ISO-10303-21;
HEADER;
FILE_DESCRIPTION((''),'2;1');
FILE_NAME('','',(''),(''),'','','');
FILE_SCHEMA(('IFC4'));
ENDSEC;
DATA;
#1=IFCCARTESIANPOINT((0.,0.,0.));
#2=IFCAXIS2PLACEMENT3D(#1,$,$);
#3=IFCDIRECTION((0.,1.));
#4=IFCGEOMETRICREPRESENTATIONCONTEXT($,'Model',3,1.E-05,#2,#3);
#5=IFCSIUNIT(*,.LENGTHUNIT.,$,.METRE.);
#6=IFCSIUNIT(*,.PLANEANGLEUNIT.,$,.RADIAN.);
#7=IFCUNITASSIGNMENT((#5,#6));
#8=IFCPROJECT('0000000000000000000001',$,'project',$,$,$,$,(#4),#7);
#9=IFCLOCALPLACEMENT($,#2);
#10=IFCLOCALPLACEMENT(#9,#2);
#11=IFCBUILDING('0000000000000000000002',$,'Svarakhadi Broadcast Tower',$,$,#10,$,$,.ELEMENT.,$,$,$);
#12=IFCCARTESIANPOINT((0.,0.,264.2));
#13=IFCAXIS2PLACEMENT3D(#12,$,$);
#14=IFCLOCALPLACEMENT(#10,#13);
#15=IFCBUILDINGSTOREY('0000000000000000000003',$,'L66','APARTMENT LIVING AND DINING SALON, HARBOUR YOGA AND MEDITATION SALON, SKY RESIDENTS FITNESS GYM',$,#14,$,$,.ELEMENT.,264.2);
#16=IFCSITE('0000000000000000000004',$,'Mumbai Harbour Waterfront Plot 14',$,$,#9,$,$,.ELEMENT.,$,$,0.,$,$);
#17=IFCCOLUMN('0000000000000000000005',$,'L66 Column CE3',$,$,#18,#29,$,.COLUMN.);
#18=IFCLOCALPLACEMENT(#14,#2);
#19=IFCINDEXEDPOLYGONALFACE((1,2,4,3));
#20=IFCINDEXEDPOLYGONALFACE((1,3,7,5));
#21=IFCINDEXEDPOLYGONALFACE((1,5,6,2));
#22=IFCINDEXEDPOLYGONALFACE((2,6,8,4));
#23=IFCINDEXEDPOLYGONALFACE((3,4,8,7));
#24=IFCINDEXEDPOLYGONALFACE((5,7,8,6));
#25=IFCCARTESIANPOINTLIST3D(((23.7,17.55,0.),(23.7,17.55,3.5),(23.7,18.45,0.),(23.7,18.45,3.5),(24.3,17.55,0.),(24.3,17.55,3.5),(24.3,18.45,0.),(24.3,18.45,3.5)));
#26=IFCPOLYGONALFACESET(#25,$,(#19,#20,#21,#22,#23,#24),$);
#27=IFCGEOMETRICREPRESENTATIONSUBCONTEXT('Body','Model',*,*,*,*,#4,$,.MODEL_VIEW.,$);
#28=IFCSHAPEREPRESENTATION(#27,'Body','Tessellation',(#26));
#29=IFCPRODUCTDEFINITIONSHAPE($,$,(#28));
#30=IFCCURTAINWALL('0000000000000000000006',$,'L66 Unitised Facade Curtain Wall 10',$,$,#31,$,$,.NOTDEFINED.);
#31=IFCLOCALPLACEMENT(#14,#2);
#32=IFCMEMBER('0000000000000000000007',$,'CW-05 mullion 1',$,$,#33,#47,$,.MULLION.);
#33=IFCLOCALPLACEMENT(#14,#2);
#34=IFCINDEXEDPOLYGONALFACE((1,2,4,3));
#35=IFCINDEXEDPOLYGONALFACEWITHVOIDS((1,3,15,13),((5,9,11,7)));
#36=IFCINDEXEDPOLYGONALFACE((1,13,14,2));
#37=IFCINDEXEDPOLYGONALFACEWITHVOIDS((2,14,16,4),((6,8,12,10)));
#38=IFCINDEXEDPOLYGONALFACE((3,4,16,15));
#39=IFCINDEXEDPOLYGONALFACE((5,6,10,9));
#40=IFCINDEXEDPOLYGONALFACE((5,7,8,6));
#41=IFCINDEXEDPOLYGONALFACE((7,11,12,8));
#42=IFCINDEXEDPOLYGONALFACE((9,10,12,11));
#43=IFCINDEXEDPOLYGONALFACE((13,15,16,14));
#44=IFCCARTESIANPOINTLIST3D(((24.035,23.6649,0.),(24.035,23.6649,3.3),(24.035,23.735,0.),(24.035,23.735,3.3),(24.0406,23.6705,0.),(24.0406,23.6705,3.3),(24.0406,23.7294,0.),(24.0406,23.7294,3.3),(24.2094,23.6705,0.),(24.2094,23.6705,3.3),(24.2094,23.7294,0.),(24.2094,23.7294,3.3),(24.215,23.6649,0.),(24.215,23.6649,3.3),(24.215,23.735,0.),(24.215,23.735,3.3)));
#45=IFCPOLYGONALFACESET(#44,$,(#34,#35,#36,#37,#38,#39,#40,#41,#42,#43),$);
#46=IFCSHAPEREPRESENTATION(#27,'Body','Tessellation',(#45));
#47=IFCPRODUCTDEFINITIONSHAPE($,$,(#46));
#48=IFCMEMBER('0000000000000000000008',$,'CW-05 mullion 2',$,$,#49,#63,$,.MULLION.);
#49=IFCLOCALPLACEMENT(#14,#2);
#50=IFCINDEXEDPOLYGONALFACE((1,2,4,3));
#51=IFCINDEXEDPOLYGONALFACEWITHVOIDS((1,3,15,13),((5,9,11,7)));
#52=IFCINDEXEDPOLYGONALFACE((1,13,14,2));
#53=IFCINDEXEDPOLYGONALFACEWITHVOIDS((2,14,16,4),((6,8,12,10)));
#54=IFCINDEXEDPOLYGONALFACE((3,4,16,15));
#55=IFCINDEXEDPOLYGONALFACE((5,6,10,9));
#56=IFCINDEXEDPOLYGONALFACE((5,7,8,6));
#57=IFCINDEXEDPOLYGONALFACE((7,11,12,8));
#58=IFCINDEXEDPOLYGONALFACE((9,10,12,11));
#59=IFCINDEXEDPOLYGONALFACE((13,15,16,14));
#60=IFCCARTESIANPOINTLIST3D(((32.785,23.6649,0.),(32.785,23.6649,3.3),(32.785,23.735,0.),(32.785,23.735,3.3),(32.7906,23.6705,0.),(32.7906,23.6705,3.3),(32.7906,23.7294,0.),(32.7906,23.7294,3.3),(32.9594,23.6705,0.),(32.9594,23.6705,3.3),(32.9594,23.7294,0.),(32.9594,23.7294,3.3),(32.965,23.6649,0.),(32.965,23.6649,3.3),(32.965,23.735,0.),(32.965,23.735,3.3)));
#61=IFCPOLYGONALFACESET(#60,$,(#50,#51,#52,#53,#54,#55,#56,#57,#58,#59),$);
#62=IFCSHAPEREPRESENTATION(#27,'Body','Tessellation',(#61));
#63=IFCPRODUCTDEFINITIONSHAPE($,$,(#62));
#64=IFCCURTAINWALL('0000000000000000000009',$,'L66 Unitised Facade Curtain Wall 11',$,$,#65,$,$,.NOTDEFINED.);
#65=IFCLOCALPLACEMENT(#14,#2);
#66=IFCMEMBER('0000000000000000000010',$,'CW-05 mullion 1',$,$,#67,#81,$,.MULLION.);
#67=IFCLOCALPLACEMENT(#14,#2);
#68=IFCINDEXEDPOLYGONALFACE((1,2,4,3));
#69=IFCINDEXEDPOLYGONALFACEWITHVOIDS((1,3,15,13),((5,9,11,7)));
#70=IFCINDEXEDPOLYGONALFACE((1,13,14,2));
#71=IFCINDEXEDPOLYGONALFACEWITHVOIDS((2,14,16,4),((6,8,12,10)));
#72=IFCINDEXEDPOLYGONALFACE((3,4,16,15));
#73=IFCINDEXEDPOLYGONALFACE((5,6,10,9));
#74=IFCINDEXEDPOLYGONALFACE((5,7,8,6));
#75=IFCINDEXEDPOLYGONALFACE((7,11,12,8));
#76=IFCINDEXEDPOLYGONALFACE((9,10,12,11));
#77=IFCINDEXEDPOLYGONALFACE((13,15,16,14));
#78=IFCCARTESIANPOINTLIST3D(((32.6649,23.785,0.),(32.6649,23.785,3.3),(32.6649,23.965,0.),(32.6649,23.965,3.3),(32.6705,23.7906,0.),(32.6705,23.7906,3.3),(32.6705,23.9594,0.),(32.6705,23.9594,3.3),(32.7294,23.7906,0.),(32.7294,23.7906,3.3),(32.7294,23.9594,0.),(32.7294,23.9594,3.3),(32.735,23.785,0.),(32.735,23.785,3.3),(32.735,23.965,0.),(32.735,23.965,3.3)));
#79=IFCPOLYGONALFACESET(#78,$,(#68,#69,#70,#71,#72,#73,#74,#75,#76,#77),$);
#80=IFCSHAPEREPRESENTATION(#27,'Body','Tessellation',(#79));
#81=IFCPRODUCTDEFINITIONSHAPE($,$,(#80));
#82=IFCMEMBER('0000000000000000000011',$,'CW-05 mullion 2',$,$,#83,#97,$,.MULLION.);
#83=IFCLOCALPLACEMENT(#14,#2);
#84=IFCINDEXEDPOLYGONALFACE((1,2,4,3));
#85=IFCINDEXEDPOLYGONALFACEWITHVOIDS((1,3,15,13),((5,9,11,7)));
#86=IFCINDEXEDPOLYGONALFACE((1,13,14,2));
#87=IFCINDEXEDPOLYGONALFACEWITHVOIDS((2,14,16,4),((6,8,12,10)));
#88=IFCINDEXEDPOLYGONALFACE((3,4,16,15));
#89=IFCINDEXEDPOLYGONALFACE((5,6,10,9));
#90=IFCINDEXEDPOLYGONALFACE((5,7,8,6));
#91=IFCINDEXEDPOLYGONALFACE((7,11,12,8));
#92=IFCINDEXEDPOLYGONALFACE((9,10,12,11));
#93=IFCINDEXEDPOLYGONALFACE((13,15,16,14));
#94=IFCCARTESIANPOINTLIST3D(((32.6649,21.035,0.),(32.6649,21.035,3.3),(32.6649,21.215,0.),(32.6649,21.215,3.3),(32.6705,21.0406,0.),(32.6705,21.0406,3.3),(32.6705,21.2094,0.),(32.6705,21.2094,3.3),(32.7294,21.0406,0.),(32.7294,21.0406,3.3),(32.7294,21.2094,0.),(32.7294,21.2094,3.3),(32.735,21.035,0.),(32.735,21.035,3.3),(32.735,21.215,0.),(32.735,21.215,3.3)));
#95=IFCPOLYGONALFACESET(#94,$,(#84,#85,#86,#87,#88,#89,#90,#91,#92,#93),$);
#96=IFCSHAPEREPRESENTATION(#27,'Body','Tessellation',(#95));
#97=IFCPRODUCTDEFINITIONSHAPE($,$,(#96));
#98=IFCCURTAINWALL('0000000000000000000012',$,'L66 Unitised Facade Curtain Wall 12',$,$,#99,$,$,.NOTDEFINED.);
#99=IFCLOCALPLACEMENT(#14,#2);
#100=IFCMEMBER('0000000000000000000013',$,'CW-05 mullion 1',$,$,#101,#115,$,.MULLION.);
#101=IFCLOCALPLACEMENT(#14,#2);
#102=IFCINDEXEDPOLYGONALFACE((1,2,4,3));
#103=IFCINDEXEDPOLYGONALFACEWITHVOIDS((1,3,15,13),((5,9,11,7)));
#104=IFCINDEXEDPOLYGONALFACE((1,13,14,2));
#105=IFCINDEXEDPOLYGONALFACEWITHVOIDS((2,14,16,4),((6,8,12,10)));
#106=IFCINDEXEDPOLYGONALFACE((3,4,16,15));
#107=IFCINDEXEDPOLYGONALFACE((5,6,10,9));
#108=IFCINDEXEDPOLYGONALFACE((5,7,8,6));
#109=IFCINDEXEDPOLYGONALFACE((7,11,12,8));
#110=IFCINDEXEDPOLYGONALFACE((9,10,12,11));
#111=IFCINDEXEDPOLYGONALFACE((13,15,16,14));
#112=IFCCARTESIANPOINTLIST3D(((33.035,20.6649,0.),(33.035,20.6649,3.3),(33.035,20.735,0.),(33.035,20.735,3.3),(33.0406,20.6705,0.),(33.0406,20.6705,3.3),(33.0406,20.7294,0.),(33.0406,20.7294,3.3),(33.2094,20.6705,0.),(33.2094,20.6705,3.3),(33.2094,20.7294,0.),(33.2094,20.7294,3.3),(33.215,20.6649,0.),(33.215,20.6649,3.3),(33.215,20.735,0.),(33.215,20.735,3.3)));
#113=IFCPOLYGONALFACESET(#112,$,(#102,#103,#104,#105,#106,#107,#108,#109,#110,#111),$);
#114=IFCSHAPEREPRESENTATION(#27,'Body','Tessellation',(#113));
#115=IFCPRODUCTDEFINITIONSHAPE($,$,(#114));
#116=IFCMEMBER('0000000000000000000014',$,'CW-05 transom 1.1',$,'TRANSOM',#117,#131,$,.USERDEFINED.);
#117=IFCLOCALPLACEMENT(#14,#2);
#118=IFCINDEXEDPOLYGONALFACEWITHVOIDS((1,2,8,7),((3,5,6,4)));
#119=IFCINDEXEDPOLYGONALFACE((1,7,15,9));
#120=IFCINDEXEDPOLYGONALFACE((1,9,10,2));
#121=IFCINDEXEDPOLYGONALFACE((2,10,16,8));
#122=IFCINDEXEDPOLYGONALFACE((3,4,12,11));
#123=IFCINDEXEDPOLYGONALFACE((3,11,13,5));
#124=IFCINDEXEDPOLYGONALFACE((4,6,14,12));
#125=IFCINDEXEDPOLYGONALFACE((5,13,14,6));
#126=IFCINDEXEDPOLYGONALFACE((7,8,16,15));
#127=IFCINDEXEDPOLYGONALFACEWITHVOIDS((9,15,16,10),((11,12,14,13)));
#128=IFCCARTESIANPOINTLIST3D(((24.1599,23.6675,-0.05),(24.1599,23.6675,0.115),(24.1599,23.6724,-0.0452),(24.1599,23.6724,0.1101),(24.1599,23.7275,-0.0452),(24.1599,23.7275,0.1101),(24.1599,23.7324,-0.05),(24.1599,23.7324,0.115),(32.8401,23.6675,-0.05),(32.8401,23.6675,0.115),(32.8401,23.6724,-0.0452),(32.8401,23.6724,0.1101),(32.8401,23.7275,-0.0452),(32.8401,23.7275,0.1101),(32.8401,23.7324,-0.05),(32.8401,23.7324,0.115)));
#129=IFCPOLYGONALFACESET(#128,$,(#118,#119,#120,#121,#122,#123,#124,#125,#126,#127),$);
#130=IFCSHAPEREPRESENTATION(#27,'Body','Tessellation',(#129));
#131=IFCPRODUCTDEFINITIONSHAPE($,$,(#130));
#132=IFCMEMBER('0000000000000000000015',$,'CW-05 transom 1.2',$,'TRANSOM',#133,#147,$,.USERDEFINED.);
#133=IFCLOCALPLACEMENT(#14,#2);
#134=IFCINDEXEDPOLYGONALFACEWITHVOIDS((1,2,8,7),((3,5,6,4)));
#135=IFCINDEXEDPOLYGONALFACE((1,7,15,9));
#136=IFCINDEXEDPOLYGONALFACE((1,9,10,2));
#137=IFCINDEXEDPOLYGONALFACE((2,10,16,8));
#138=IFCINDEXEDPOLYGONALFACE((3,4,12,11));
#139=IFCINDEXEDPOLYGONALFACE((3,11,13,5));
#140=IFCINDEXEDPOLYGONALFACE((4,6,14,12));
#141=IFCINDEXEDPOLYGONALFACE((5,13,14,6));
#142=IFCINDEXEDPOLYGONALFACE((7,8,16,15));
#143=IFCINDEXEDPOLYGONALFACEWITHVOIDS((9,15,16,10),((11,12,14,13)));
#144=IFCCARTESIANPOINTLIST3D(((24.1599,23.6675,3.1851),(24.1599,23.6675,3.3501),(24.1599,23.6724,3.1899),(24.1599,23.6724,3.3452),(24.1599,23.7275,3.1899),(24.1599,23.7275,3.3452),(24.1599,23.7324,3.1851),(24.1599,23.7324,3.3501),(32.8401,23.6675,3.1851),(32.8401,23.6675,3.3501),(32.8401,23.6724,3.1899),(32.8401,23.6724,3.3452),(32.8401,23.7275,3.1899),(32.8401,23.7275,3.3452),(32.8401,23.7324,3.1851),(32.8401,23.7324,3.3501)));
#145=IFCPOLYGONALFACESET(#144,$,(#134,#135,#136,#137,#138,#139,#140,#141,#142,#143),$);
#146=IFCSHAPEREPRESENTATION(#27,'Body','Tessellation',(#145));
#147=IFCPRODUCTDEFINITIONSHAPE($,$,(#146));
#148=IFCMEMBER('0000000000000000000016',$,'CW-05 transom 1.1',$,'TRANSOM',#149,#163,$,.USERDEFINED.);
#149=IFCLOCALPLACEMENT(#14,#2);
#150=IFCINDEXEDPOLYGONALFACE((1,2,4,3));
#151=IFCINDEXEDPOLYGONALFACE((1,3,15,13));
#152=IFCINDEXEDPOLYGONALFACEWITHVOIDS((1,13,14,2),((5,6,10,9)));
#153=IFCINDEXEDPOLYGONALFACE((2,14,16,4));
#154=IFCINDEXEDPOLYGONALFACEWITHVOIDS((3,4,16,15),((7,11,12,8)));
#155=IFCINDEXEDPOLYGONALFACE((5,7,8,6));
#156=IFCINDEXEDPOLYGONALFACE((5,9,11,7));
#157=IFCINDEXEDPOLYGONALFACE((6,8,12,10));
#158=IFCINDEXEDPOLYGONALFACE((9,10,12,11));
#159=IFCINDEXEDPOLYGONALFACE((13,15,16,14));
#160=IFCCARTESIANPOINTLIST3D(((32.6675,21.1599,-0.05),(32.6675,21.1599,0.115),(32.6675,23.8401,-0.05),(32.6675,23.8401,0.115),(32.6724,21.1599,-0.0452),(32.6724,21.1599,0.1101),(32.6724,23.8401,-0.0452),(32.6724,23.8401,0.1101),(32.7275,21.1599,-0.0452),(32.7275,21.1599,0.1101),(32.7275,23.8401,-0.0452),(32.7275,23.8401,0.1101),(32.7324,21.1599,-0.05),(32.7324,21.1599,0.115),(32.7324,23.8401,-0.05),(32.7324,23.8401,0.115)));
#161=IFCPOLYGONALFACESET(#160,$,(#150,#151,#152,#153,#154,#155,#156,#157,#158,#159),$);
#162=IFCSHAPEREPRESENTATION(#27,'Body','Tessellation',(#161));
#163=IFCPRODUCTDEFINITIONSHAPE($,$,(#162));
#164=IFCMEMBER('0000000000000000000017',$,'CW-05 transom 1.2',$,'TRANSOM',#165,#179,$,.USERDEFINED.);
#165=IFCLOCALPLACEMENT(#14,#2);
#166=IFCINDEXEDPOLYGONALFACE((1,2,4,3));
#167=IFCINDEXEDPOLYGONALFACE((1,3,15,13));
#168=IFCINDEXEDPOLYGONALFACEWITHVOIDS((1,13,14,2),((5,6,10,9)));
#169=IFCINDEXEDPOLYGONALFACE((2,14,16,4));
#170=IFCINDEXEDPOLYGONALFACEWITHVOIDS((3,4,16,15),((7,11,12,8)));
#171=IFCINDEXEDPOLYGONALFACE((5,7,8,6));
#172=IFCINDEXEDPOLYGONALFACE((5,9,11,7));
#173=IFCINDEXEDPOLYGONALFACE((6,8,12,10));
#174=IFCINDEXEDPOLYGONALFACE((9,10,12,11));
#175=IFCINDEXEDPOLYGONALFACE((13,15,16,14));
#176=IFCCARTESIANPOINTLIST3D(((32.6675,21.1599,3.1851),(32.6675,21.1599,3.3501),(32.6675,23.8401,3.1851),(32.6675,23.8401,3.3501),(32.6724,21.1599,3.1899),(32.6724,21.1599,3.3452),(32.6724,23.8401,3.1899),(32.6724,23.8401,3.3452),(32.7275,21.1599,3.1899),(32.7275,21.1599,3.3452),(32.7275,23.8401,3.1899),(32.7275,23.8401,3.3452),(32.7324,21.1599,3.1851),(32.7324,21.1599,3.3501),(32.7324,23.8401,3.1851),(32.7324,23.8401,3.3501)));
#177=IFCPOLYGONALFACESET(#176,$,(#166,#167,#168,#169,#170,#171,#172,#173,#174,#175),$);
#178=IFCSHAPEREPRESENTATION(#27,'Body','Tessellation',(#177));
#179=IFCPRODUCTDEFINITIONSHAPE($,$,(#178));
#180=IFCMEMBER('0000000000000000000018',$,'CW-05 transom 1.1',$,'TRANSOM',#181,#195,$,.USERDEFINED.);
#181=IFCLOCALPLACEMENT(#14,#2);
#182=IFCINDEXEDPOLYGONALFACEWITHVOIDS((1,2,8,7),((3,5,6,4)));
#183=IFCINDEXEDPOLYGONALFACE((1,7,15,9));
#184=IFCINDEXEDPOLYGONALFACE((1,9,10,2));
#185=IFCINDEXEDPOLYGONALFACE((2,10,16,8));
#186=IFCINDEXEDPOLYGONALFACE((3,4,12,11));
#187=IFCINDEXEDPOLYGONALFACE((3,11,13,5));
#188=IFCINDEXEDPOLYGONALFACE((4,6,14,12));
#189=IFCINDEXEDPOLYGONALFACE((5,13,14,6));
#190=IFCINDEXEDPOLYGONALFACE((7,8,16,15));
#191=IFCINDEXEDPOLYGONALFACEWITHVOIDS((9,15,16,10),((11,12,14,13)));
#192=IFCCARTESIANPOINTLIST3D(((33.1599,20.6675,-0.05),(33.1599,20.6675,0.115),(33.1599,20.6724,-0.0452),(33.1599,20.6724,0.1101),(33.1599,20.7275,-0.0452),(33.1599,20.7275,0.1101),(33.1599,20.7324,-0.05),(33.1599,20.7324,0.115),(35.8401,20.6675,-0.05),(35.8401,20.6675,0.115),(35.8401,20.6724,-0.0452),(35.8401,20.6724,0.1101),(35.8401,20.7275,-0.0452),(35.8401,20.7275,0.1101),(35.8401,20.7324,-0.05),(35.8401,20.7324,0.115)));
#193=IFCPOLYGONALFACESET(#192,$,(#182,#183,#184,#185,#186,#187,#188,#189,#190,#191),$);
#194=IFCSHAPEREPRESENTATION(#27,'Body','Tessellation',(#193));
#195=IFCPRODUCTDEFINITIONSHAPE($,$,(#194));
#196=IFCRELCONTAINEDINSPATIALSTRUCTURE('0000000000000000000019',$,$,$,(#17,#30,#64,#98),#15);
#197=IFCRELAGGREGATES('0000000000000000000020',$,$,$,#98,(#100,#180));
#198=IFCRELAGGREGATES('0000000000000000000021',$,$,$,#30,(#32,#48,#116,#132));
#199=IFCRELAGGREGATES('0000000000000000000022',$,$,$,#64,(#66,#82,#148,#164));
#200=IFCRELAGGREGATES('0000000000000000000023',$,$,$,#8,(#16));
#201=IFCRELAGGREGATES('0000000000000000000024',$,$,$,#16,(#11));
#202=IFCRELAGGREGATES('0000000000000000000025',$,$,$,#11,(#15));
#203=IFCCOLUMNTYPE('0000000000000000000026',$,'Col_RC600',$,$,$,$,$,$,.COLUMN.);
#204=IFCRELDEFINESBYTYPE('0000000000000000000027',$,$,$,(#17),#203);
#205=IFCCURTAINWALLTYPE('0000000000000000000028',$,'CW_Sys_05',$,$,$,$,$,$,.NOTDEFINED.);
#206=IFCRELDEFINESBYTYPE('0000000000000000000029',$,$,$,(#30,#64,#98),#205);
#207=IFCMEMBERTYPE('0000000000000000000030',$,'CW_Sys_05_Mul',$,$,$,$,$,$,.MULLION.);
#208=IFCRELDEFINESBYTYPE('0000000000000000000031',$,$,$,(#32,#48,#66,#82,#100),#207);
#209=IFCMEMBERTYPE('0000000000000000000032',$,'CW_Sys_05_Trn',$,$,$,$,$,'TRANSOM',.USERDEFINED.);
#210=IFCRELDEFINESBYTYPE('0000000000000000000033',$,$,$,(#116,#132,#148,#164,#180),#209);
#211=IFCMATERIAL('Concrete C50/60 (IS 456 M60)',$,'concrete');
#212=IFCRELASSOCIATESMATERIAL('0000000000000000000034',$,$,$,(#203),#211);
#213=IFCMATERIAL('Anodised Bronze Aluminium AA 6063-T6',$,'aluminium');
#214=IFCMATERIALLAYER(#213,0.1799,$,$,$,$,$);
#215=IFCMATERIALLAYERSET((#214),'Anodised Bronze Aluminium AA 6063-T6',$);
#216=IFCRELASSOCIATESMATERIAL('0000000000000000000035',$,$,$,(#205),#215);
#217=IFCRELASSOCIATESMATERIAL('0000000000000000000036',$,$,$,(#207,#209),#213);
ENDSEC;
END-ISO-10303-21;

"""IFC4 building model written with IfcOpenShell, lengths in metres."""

from ifc_helpers import new_model, si_unit, direction, frame, origin, origin_2d, place, context, subcontext, project, spatial, rectangle, hollow_rectangle, extrude, material, layer, layer_set, material_profile, profile_set, type_object, element, aggregate, save


model = new_model("IFC4")

# Units and contexts
model_context = context("Model", 3, precision=1e-05, world=origin(), true_north=direction((0.0, 1.0)))
body_context = subcontext(model_context, "Body", "Model", "MODEL_VIEW")
ifc_project = project(units=[si_unit("LENGTHUNIT", "METRE"), si_unit("PLANEANGLEUNIT", "RADIAN")], contexts=[model_context])

# Site, building, storey
site_placement = place(None, origin())
site = spatial("IfcSite", under=ifc_project, at=site_placement, Name="Mumbai Harbour Waterfront Plot 14", CompositionType="ELEMENT", RefElevation=0.0)
building_placement = place(site_placement, origin())
building = spatial("IfcBuilding", under=site, at=building_placement, Name="Svarakhadi Broadcast Tower", CompositionType="ELEMENT")
storey_placement = place(building_placement, frame((0.0, 0.0, 264.2)))
storey = spatial("IfcBuildingStorey", under=building, at=storey_placement, Name="L66", Description="APARTMENT LIVING AND DINING SALON, HARBOUR YOGA AND MEDITATION SALON, SKY RESIDENTS FITNESS GYM", CompositionType="ELEMENT", Elevation=264.2)

# Column
ifc_material_1 = material(Name="Concrete C50/60 (IS 456 M60)", Category="concrete")
ifc_material_profile_1 = material_profile(ifc_material_1, rectangle(XDim=0.6001, YDim=0.8999, at=origin_2d()), Name="RC 600x900")
ifc_profile_set_1 = profile_set([ifc_material_profile_1], Name="Concrete C50/60 (IS 456 M60)")
column_type = type_object("IfcColumnType", Name="Col_RC600", PredefinedType="COLUMN", material=ifc_profile_set_1)
column_placement = place(storey_placement, frame((24.0, 18.0, 0.0), z_axis=(0.0, 0.0, 1.0), x_axis=(1.0, 0.0, 0.0)))
element("IfcColumn", 1, at=column_placement, inside=storey, type_object=column_type, Name="L66 Column CE3", PredefinedType="COLUMN", context=body_context, shape_type="SweptSolid", body=[
    extrude(rectangle(XDim=0.6001, YDim=0.8999, at=origin_2d()), origin(), (0.0, 0.0, 1.0), 3.5),
])

# Curtain walls, members
ifc_material_2 = material(Name="Anodised Bronze Aluminium AA 6063-T6", Category="aluminium")
ifc_layer_1 = layer(ifc_material_2, 0.1799)
ifc_layer_set_1 = layer_set([ifc_layer_1], Name="Anodised Bronze Aluminium AA 6063-T6")
curtain_wall_type = type_object("IfcCurtainWallType", Name="CW_Sys_05", PredefinedType="NOTDEFINED", material=ifc_layer_set_1)
curtain_wall_1_placement = place(storey_placement, origin())
curtain_wall_1 = element("IfcCurtainWall", 2, at=curtain_wall_1_placement, inside=storey, type_object=curtain_wall_type, Name="L66 Unitised Facade Curtain Wall 10", PredefinedType="NOTDEFINED")
ifc_material_profile_2 = material_profile(ifc_material_2, hollow_rectangle(XDim=0.0701, YDim=0.1799, WallThickness=0.0056, at=origin_2d()), Name="ALU MULLION 180x70x6")
ifc_profile_set_2 = profile_set([ifc_material_profile_2], Name="Anodised Bronze Aluminium AA 6063-T6")
member_type_1 = type_object("IfcMemberType", Name="CW_Sys_05_Mul", PredefinedType="MULLION", material=ifc_profile_set_2)
member_1_placement = place(storey_placement, frame((24.125, 23.7, 0.0), z_axis=(0.0, 0.0, 1.0), x_axis=(0.0, 1.0, 0.0)))
member_1 = element("IfcMember", 3, at=member_1_placement, type_object=member_type_1, Name="CW-05 mullion 1", PredefinedType="MULLION", context=body_context, shape_type="SweptSolid", body=[
    extrude(hollow_rectangle(XDim=0.0701, YDim=0.1799, WallThickness=0.0056, at=origin_2d()), origin(), (0.0, 0.0, 1.0), 3.3),
])
member_2_placement = place(storey_placement, frame((32.875, 23.7, 0.0), z_axis=(0.0, 0.0, 1.0), x_axis=(0.0, 1.0, 0.0)))
member_2 = element("IfcMember", 4, at=member_2_placement, type_object=member_type_1, Name="CW-05 mullion 2", PredefinedType="MULLION", context=body_context, shape_type="SweptSolid", body=[
    extrude(hollow_rectangle(XDim=0.0701, YDim=0.1799, WallThickness=0.0056, at=origin_2d()), origin(), (0.0, 0.0, 1.0), 3.3),
])
curtain_wall_2_placement = place(storey_placement, origin())
curtain_wall_2 = element("IfcCurtainWall", 5, at=curtain_wall_2_placement, inside=storey, type_object=curtain_wall_type, Name="L66 Unitised Facade Curtain Wall 11", PredefinedType="NOTDEFINED")
member_3_placement = place(storey_placement, frame((32.7, 23.875, 0.0), z_axis=(0.0, 0.0, 1.0), x_axis=(1.0, 0.0, 0.0)))
member_3 = element("IfcMember", 6, at=member_3_placement, type_object=member_type_1, Name="CW-05 mullion 1", PredefinedType="MULLION", context=body_context, shape_type="SweptSolid", body=[
    extrude(hollow_rectangle(XDim=0.0701, YDim=0.1799, WallThickness=0.0056, at=origin_2d()), origin(), (0.0, 0.0, 1.0), 3.3),
])
member_4_placement = place(storey_placement, frame((32.7, 21.125, 0.0), z_axis=(0.0, 0.0, 1.0), x_axis=(1.0, 0.0, 0.0)))
member_4 = element("IfcMember", 7, at=member_4_placement, type_object=member_type_1, Name="CW-05 mullion 2", PredefinedType="MULLION", context=body_context, shape_type="SweptSolid", body=[
    extrude(hollow_rectangle(XDim=0.0701, YDim=0.1799, WallThickness=0.0056, at=origin_2d()), origin(), (0.0, 0.0, 1.0), 3.3),
])

# Curtain wall, member
curtain_wall_3_placement = place(storey_placement, origin())
curtain_wall_3 = element("IfcCurtainWall", 8, at=curtain_wall_3_placement, inside=storey, type_object=curtain_wall_type, Name="L66 Unitised Facade Curtain Wall 12", PredefinedType="NOTDEFINED")
member_5_placement = place(storey_placement, frame((33.125, 20.7, 0.0), z_axis=(0.0, 0.0, 1.0), x_axis=(0.0, 1.0, 0.0)))
member_5 = element("IfcMember", 9, at=member_5_placement, type_object=member_type_1, Name="CW-05 mullion 1", PredefinedType="MULLION", context=body_context, shape_type="SweptSolid", body=[
    extrude(hollow_rectangle(XDim=0.0701, YDim=0.1799, WallThickness=0.0056, at=origin_2d()), origin(), (0.0, 0.0, 1.0), 3.3),
])

# Members
ifc_material_profile_3 = material_profile(ifc_material_2, hollow_rectangle(XDim=0.0649, YDim=0.165, WallThickness=0.0049, at=origin_2d()), Name="ALU TRANSOM 165x65x5")
ifc_profile_set_3 = profile_set([ifc_material_profile_3], Name="Anodised Bronze Aluminium AA 6063-T6")
member_type_2 = type_object("IfcMemberType", Name="CW_Sys_05_Trn", ElementType="TRANSOM", PredefinedType="USERDEFINED", material=ifc_profile_set_3)
member_6_placement = place(storey_placement, frame((24.1599, 23.7, 0.0325), z_axis=(1.0, 0.0, 0.0), x_axis=(0.0, 1.0, 0.0)))
member_6 = element("IfcMember", 10, at=member_6_placement, type_object=member_type_2, Name="CW-05 transom 1.1", ObjectType="TRANSOM", PredefinedType="USERDEFINED", context=body_context, shape_type="SweptSolid", body=[
    extrude(hollow_rectangle(XDim=0.0649, YDim=0.165, WallThickness=0.0049, at=origin_2d()), origin(), (0.0, 0.0, 1.0), 8.6802),
])
member_7_placement = place(storey_placement, frame((24.1599, 23.7, 3.2676), z_axis=(1.0, 0.0, 0.0), x_axis=(0.0, 1.0, 0.0)))
member_7 = element("IfcMember", 11, at=member_7_placement, type_object=member_type_2, Name="CW-05 transom 1.2", ObjectType="TRANSOM", PredefinedType="USERDEFINED", context=body_context, shape_type="SweptSolid", body=[
    extrude(hollow_rectangle(XDim=0.0649, YDim=0.165, WallThickness=0.0049, at=origin_2d()), origin(), (0.0, 0.0, 1.0), 8.6802),
])
member_8_placement = place(storey_placement, frame((32.7, 23.8401, 0.0325), z_axis=(0.0, -1.0, 0.0), x_axis=(1.0, 0.0, 0.0)))
member_8 = element("IfcMember", 12, at=member_8_placement, type_object=member_type_2, Name="CW-05 transom 1.1", ObjectType="TRANSOM", PredefinedType="USERDEFINED", context=body_context, shape_type="SweptSolid", body=[
    extrude(hollow_rectangle(XDim=0.0649, YDim=0.165, WallThickness=0.0049, at=origin_2d()), origin(), (0.0, 0.0, 1.0), 2.6802),
])
member_9_placement = place(storey_placement, frame((32.7, 23.8401, 3.2676), z_axis=(0.0, -1.0, 0.0), x_axis=(1.0, 0.0, 0.0)))
member_9 = element("IfcMember", 13, at=member_9_placement, type_object=member_type_2, Name="CW-05 transom 1.2", ObjectType="TRANSOM", PredefinedType="USERDEFINED", context=body_context, shape_type="SweptSolid", body=[
    extrude(hollow_rectangle(XDim=0.0649, YDim=0.165, WallThickness=0.0049, at=origin_2d()), origin(), (0.0, 0.0, 1.0), 2.6802),
])
member_10_placement = place(storey_placement, frame((33.1599, 20.7, 0.0325), z_axis=(1.0, 0.0, 0.0), x_axis=(0.0, 1.0, 0.0)))
member_10 = element("IfcMember", 14, at=member_10_placement, type_object=member_type_2, Name="CW-05 transom 1.1", ObjectType="TRANSOM", PredefinedType="USERDEFINED", context=body_context, shape_type="SweptSolid", body=[
    extrude(hollow_rectangle(XDim=0.0649, YDim=0.165, WallThickness=0.0049, at=origin_2d()), origin(), (0.0, 0.0, 1.0), 2.6802),
])
aggregate(curtain_wall_3, [member_5, member_10])

aggregate(curtain_wall_1, [member_1, member_2, member_6, member_7])
aggregate(curtain_wall_2, [member_3, member_4, member_8, member_9])

save(model, "model.ifc")
